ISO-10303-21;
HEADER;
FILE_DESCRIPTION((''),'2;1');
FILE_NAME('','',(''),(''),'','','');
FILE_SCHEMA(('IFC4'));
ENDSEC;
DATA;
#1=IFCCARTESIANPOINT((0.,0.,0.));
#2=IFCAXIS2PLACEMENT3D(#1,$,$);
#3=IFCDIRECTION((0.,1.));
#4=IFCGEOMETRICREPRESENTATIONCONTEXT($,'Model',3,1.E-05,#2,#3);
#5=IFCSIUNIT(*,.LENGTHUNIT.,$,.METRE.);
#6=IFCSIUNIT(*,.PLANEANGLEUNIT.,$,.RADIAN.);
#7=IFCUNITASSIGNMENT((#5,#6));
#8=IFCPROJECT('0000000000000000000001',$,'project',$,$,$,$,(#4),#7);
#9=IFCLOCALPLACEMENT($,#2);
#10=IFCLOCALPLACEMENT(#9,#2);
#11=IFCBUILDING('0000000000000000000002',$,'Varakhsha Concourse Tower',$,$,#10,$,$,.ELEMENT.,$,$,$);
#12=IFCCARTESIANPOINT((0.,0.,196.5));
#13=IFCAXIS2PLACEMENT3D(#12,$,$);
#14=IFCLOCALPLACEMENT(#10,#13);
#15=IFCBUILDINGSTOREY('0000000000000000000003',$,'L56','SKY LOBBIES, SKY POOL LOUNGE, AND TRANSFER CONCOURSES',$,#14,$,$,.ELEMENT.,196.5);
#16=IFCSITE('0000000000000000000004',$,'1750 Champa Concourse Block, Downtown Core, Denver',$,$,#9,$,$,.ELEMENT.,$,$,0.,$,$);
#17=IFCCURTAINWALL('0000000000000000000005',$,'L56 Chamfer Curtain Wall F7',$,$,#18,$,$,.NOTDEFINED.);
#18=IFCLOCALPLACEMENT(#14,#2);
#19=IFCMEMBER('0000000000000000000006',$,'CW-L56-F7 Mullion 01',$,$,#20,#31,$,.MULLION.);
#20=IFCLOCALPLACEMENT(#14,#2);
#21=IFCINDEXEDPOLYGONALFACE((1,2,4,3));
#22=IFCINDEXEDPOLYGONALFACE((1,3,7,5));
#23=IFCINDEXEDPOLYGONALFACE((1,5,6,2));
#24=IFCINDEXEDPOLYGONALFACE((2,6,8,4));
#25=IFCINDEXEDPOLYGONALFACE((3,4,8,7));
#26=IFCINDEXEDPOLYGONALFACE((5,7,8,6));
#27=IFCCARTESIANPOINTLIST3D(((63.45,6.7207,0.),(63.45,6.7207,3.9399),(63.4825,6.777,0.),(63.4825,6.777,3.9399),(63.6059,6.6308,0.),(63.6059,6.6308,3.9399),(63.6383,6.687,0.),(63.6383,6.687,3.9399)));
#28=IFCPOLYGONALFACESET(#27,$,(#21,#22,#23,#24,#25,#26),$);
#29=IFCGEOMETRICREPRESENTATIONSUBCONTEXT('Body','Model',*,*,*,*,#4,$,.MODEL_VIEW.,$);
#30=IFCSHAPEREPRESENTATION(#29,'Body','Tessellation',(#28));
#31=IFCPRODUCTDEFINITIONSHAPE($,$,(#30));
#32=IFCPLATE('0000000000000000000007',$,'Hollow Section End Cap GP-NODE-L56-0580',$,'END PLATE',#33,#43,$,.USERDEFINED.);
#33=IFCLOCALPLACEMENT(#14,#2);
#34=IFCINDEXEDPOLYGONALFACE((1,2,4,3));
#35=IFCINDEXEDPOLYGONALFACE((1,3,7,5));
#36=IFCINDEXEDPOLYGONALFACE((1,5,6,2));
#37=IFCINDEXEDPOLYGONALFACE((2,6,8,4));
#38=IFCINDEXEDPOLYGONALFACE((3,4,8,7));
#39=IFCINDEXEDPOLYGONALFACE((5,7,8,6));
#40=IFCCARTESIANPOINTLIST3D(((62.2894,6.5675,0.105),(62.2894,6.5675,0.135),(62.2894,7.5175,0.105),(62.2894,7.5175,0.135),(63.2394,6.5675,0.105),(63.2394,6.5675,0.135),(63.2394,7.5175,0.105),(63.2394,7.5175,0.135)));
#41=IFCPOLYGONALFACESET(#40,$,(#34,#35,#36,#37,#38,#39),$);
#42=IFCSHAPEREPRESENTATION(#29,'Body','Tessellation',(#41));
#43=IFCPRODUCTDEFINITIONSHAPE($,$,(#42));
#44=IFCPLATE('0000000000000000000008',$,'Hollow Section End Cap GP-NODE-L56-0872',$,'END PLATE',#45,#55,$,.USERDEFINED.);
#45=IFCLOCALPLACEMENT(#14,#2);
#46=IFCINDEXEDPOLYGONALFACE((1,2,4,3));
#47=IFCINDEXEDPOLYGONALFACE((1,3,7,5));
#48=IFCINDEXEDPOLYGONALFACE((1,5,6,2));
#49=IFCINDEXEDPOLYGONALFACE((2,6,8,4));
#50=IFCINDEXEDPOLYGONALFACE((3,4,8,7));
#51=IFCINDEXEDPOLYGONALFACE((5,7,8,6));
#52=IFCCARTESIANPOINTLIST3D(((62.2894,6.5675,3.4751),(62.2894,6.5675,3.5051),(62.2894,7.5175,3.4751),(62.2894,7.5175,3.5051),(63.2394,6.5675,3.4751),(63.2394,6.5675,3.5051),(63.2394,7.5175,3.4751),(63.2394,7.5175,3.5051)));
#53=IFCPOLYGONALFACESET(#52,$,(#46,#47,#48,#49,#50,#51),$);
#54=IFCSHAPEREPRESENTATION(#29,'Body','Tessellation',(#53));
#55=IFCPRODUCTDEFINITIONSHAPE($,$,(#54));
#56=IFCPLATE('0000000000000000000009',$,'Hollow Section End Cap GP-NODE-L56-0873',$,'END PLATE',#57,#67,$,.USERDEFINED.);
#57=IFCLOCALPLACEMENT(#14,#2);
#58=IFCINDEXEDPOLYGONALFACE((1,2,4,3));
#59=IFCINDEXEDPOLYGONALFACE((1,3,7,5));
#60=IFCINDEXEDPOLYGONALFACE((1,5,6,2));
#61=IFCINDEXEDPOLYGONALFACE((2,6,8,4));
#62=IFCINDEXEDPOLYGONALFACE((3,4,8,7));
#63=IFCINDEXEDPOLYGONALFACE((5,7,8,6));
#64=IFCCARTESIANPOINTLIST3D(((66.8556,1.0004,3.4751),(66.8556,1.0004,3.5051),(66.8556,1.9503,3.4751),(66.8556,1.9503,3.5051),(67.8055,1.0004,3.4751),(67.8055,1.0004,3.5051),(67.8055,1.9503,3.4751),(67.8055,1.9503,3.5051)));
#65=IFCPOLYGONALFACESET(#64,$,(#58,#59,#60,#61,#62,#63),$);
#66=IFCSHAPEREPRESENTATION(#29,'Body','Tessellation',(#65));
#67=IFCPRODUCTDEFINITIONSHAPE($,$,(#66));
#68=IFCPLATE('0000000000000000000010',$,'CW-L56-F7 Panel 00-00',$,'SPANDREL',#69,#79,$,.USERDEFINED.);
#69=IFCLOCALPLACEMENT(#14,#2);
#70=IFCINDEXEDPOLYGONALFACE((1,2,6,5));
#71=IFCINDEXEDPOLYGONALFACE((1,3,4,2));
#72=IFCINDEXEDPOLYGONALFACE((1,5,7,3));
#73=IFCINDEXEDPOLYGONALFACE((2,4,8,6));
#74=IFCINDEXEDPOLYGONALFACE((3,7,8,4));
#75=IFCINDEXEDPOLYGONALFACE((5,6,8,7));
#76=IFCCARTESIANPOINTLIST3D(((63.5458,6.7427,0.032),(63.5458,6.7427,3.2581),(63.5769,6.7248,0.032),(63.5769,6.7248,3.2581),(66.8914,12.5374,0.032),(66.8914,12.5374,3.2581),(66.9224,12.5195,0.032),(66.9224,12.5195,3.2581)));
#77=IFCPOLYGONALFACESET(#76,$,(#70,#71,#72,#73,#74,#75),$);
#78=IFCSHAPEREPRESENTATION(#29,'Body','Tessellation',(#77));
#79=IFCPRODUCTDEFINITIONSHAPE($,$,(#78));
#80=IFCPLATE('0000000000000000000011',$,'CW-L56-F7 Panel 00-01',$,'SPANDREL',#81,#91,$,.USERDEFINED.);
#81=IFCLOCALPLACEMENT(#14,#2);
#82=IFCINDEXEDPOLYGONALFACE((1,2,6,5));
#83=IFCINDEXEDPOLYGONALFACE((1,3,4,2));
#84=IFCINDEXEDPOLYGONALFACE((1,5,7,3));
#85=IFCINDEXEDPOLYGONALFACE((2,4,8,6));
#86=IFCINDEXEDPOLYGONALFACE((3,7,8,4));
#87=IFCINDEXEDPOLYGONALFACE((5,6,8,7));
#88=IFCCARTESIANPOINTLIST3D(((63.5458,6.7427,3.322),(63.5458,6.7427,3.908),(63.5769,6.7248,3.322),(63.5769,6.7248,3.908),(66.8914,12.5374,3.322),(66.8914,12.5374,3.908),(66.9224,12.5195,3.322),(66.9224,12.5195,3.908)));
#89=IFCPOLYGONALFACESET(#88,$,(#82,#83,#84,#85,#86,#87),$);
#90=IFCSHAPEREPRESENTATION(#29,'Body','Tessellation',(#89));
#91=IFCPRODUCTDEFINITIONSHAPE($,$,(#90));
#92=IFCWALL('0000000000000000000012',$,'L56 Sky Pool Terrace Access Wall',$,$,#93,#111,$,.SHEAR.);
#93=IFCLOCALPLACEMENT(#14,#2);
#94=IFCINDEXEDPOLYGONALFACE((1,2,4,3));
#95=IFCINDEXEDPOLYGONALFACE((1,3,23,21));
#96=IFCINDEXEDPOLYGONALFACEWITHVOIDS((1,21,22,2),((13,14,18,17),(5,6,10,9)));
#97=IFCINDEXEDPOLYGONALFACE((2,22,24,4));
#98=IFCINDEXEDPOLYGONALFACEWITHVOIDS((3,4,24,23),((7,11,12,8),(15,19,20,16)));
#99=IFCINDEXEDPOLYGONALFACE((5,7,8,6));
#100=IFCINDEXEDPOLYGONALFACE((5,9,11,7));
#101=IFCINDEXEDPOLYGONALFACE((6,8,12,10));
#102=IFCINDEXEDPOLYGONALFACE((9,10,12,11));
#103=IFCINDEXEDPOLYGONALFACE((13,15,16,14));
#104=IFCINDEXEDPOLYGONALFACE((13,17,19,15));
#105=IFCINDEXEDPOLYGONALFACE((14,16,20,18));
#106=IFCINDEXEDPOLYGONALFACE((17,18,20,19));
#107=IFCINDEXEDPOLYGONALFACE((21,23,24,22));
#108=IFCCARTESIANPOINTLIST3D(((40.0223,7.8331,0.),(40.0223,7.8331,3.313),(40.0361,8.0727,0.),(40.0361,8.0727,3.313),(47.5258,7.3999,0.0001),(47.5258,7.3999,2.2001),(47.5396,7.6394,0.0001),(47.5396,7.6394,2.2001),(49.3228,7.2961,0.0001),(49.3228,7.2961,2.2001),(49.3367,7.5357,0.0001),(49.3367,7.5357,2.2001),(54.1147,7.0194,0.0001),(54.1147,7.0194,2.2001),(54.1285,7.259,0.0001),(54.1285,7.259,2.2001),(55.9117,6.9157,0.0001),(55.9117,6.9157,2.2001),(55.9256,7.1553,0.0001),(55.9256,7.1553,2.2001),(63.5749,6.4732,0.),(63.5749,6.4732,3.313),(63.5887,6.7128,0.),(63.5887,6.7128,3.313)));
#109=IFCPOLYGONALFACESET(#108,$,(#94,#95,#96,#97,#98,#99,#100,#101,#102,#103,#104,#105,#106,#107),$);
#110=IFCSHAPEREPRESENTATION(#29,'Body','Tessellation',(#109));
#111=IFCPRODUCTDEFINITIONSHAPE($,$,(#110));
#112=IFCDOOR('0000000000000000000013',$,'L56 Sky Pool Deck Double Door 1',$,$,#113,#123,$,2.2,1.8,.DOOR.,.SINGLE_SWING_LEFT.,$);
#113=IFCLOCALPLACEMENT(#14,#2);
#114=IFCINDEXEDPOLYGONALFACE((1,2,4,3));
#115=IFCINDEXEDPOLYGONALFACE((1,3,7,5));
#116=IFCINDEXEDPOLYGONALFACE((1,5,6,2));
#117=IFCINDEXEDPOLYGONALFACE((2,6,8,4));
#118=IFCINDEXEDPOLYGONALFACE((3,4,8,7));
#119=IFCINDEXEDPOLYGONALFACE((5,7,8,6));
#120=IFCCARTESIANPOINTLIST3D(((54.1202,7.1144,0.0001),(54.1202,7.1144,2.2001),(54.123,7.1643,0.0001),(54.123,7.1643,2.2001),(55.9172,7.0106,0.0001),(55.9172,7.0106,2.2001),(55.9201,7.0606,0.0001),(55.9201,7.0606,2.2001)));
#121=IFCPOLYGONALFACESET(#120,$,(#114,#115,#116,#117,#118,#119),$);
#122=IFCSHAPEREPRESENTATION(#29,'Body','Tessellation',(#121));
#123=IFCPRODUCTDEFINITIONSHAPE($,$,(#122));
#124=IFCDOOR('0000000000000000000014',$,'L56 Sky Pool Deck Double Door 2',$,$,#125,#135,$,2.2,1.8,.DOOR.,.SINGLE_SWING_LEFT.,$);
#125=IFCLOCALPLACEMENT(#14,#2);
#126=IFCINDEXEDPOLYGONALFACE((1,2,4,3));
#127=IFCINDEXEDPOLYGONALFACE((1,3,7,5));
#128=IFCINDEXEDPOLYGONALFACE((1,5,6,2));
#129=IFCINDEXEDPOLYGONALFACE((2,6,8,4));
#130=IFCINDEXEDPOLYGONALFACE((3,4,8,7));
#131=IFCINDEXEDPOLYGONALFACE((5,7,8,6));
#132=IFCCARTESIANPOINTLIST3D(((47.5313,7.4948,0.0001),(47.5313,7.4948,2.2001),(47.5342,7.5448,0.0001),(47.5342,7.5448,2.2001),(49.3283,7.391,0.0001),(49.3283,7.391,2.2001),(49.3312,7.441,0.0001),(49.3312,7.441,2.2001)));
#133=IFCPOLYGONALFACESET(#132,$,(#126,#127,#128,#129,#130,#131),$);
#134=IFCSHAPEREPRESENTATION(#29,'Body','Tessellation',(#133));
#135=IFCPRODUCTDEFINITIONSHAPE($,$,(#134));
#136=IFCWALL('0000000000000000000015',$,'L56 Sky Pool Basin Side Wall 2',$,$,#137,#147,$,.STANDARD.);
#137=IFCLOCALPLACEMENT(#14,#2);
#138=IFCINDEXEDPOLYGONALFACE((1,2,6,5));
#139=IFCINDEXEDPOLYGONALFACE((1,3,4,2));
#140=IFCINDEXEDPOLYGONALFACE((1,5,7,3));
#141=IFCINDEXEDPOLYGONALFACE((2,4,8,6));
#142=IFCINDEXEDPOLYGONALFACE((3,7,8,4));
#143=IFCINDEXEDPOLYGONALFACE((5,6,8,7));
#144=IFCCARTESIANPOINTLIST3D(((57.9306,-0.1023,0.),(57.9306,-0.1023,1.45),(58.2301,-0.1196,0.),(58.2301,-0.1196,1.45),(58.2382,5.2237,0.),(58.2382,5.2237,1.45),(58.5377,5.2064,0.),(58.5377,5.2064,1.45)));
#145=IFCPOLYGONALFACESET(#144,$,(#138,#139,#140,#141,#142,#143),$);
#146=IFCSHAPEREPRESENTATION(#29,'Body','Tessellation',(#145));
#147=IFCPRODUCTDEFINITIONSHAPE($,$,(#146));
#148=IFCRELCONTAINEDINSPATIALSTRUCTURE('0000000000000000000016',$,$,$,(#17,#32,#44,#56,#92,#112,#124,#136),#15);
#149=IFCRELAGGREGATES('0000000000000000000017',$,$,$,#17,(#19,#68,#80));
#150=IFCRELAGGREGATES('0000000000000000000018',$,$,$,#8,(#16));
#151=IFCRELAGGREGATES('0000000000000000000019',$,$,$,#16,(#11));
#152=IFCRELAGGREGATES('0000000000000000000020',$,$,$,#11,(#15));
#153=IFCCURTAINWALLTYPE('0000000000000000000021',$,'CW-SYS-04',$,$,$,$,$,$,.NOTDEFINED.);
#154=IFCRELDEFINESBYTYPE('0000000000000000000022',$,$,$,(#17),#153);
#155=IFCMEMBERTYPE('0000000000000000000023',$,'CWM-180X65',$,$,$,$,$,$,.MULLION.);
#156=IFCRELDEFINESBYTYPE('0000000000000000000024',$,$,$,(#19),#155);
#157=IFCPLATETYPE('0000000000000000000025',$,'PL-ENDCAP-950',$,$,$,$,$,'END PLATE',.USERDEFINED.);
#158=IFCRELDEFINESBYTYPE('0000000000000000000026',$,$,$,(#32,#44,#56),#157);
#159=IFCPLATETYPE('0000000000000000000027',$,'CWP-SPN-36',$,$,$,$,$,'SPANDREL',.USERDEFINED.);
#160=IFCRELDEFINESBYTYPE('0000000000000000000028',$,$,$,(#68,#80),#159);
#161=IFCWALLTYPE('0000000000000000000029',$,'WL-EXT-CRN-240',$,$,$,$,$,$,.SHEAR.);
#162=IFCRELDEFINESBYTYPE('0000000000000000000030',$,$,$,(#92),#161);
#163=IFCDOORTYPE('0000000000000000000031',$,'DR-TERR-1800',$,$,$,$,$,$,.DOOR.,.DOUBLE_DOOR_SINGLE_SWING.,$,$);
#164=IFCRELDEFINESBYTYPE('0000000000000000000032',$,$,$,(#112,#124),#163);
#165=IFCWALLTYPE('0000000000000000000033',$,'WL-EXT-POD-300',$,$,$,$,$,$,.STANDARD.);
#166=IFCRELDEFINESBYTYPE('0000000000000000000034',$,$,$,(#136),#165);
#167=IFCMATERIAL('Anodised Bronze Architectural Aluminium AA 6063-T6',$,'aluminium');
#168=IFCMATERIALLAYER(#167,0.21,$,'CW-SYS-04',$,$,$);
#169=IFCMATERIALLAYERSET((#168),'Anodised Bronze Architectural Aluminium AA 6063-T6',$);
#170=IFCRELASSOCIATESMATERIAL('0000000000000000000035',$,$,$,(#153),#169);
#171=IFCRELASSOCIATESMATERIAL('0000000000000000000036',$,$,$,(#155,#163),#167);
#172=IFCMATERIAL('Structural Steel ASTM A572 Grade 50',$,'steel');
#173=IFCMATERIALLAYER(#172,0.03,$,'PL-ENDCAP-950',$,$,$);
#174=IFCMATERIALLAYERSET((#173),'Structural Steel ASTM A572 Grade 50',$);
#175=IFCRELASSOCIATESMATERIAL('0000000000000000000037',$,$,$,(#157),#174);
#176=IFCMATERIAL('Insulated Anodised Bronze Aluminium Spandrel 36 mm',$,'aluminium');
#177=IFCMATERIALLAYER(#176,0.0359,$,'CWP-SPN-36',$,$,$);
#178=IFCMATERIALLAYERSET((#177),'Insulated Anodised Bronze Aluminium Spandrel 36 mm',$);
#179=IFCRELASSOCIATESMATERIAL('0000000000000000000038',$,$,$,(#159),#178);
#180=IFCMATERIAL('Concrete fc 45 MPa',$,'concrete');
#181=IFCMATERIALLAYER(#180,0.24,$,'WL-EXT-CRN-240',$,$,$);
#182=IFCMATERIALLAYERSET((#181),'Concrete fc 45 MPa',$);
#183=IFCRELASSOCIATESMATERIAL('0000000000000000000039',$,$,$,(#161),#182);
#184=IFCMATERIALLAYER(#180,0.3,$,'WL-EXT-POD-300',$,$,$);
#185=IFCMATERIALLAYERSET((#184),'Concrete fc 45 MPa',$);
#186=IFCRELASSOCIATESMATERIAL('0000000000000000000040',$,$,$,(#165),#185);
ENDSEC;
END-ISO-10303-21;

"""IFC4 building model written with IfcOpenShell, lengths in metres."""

from ifc_helpers import new_model, si_unit, direction, frame, frame_2d, origin, origin_2d, place, context, subcontext, project, spatial, rectangle, extrude, source, transform, mapped, material, layer, layer_set, material_profile, profile_set, type_object, type_shapes, element, fill, aggregate, save


model = new_model("IFC4")

# Units and contexts
model_context = context("Model", 3, precision=1e-05, world=origin(), true_north=direction((0.0, 1.0)))
body_context = subcontext(model_context, "Body", "Model", "MODEL_VIEW")
ifc_project = project(units=[si_unit("LENGTHUNIT", "METRE"), si_unit("PLANEANGLEUNIT", "RADIAN")], contexts=[model_context])

# Site, building, storey
site_placement = place(None, origin())
site = spatial("IfcSite", under=ifc_project, at=site_placement, Name="1750 Champa Concourse Block, Downtown Core, Denver", CompositionType="ELEMENT", RefElevation=0.0)
building_placement = place(site_placement, origin())
building = spatial("IfcBuilding", under=site, at=building_placement, Name="Varakhsha Concourse Tower", CompositionType="ELEMENT")
storey_placement = place(building_placement, frame((0.0, 0.0, 196.5)))
storey = spatial("IfcBuildingStorey", under=building, at=storey_placement, Name="L56", Description="SKY LOBBIES, SKY POOL LOUNGE, AND TRANSFER CONCOURSES", CompositionType="ELEMENT", Elevation=196.5)

# Shared definitions
ifc_material_1 = material(Name="Structural Steel ASTM A572 Grade 50", Category="steel")

# Curtain wall, member
ifc_material_2 = material(Name="Anodised Bronze Architectural Aluminium AA 6063-T6", Category="aluminium")
ifc_layer_1 = layer(ifc_material_2, 0.21, Name="CW-SYS-04")
ifc_layer_set_1 = layer_set([ifc_layer_1], Name="Anodised Bronze Architectural Aluminium AA 6063-T6")
curtain_wall_type = type_object("IfcCurtainWallType", Name="CW-SYS-04", PredefinedType="NOTDEFINED", material=ifc_layer_set_1)
curtain_wall_placement = place(storey_placement, origin())
curtain_wall = element("IfcCurtainWall", 1, at=curtain_wall_placement, inside=storey, type_object=curtain_wall_type, Name="L56 Chamfer Curtain Wall F7", PredefinedType="NOTDEFINED")
ifc_material_profile_1 = material_profile(ifc_material_2, rectangle(XDim=0.0649, YDim=0.1799, at=origin_2d()), Name="CWM-180X65")
ifc_profile_set_1 = profile_set([ifc_material_profile_1], Name="Anodised Bronze Architectural Aluminium AA 6063-T6")
member_type_1 = type_object("IfcMemberType", Name="CWM-180X65", PredefinedType="MULLION", material=ifc_profile_set_1)
shared_shape_1 = source(origin(), body_context, "Body", "SweptSolid", [
    extrude(rectangle(XDim=0.0649, YDim=0.1799, at=origin_2d()), origin(), (0.0, 0.0, 1.0), 3.9399),
])
type_shapes(member_type_1, [shared_shape_1])
member_1_placement = place(storey_placement, frame((63.5442, 6.7039, 0.0), z_axis=(0.0, 0.0, 1.0), x_axis=(-0.499995, -0.866028, 0.0)))
member_1 = element("IfcMember", 2, at=member_1_placement, type_object=member_type_1, Name="CW-L56-F7 Mullion 01", PredefinedType="MULLION", context=body_context, shape_type="MappedRepresentation", body=[
    mapped(shared_shape_1, transform((0.0, 0.0, 0.0), scale=1.0)),
])

# Plates
ifc_layer_2 = layer(ifc_material_1, 0.03, Name="PL-ENDCAP-950")
ifc_layer_set_2 = layer_set([ifc_layer_2], Name="Structural Steel ASTM A572 Grade 50")
plate_type_1 = type_object("IfcPlateType", Name="PL-ENDCAP-950", ElementType="END PLATE", PredefinedType="USERDEFINED", material=ifc_layer_set_2)
shared_shape_2 = source(origin(), body_context, "Body", "SweptSolid", [
    extrude(rectangle(XDim=0.95, YDim=0.95, at=origin_2d()), origin(), (0.0, 0.0, 1.0), 0.03),
])
type_shapes(plate_type_1, [shared_shape_2])
for number, where, z_axis, x_axis, name in (
    (3, (62.7644, 7.0425, 0.105), (0.0, 0.0, 1.0), (1.0, 0.0, 0.0), "Hollow Section End Cap GP-NODE-L56-0580"),
    (4, (62.7644, 7.0425, 3.4751), (0.0, 0.0, 1.0), (1.0, 0.0, 0.0), "Hollow Section End Cap GP-NODE-L56-0872"),
    (5, (67.3306, 1.4753, 3.4751), (0.0, 0.0, 1.0), (1.0, 0.0, 0.0), "Hollow Section End Cap GP-NODE-L56-0873"),
):
    element("IfcPlate", number, at=place(storey_placement, frame(where, z_axis=z_axis, x_axis=x_axis)), inside=storey, type_object=plate_type_1, Name=name, ObjectType="END PLATE", PredefinedType="USERDEFINED", context=body_context, shape_type="MappedRepresentation", body=[
        mapped(shared_shape_2, transform((0.0, 0.0, 0.0), scale=1.0)),
    ])

# Plates
ifc_material_3 = material(Name="Insulated Anodised Bronze Aluminium Spandrel 36 mm", Category="aluminium")
ifc_layer_3 = layer(ifc_material_3, 0.0359, Name="CWP-SPN-36")
ifc_layer_set_3 = layer_set([ifc_layer_3], Name="Insulated Anodised Bronze Aluminium Spandrel 36 mm")
plate_type_2 = type_object("IfcPlateType", Name="CWP-SPN-36", ElementType="SPANDREL", PredefinedType="USERDEFINED", material=ifc_layer_set_3)
shared_shape_3 = source(origin(), body_context, "Body", "SweptSolid", [
    extrude(rectangle(XDim=6.6912, YDim=0.0359, at=origin_2d()), origin(), (0.0, 0.0, 1.0), 3.2261),
])
plate_1_placement = place(storey_placement, frame((65.2341, 9.6311, 0.032), z_axis=(0.0, 0.0, 1.0), x_axis=(-0.499995, -0.866028, 0.0)))
plate_1 = element("IfcPlate", 6, at=plate_1_placement, type_object=plate_type_2, Name="CW-L56-F7 Panel 00-00", ObjectType="SPANDREL", PredefinedType="USERDEFINED", context=body_context, shape_type="MappedRepresentation", body=[
    mapped(shared_shape_3, transform((0.0, 0.0, 0.0), scale=1.0)),
])
shared_shape_4 = source(origin(), body_context, "Body", "SweptSolid", [
    extrude(rectangle(XDim=6.6912, YDim=0.0359, at=origin_2d()), origin(), (0.0, 0.0, 1.0), 0.5859),
])
type_shapes(plate_type_2, [shared_shape_3, shared_shape_4])
plate_2_placement = place(storey_placement, frame((65.2341, 9.6311, 3.322), z_axis=(0.0, 0.0, 1.0), x_axis=(-0.499995, -0.866028, 0.0)))
plate_2 = element("IfcPlate", 7, at=plate_2_placement, type_object=plate_type_2, Name="CW-L56-F7 Panel 00-01", ObjectType="SPANDREL", PredefinedType="USERDEFINED", context=body_context, shape_type="MappedRepresentation", body=[
    mapped(shared_shape_4, transform((0.0, 0.0, 0.0), scale=1.0)),
])
aggregate(curtain_wall, [member_1, plate_1, plate_2])

# Wall, openings, doors
ifc_material_4 = material(Name="Concrete fc 45 MPa", Category="concrete")
ifc_layer_4 = layer(ifc_material_4, 0.24, Name="WL-EXT-CRN-240")
ifc_layer_set_4 = layer_set([ifc_layer_4], Name="Concrete fc 45 MPa")
wall_type_1 = type_object("IfcWallType", Name="WL-EXT-CRN-240", PredefinedType="SHEAR", material=ifc_layer_set_4)
wall_1_placement = place(storey_placement, frame((63.5818, 6.593, 0.0), z_axis=(0.0, 0.0, 1.0), x_axis=(-0.998337, 0.057642, 0.0)))
wall_1 = element("IfcWall", 8, at=wall_1_placement, inside=storey, type_object=wall_type_1, Name="L56 Sky Pool Terrace Access Wall", PredefinedType="SHEAR", context=body_context, shape_type="SweptSolid", body=[
    extrude(rectangle(XDim=23.5918, YDim=0.24, at=frame_2d((11.7959, 0.0))), origin(), (0.0, 0.0, 1.0), 3.313),
])
opening_1_placement = place(wall_1_placement, frame((7.676, 0.0, 0.0)))
opening_1 = element("IfcOpeningElement", 9, at=opening_1_placement, cuts=wall_1, PredefinedType="OPENING", context=body_context, shape_type="SweptSolid", body=[
    extrude(rectangle(XDim=1.8, YDim=2.2, at=frame_2d((0.8999, 1.1001))), frame((0.0, 0.1299, 0.0), z_axis=(0.0, -1.0, 0.0), x_axis=(1.0, 0.0, 0.0)), (0.0, 0.0, 1.0), 0.26),
])
opening_2_placement = place(wall_1_placement, frame((14.2759, 0.0, 0.0)))
opening_2 = element("IfcOpeningElement", 10, at=opening_2_placement, cuts=wall_1, PredefinedType="OPENING", context=body_context, shape_type="SweptSolid", body=[
    extrude(rectangle(XDim=1.8, YDim=2.2, at=frame_2d((0.8999, 1.1001))), frame((0.0, 0.1299, 0.0), z_axis=(0.0, -1.0, 0.0), x_axis=(1.0, 0.0, 0.0)), (0.0, 0.0, 1.0), 0.26),
])
door_type = type_object("IfcDoorType", Name="DR-TERR-1800", OperationType="DOUBLE_DOOR_SINGLE_SWING", PredefinedType="DOOR", material=ifc_material_2)
door_1_placement = place(opening_1_placement, origin())
door_1 = element("IfcDoor", 11, at=door_1_placement, inside=storey, type_object=door_type, Name="L56 Sky Pool Deck Double Door 1", OperationType="SINGLE_SWING_LEFT", OverallHeight=2.2, OverallWidth=1.8, PredefinedType="DOOR", context=body_context, shape_type="SweptSolid", body=[
    extrude(rectangle(XDim=1.8, YDim=2.2, at=frame_2d((0.8999, 1.1001))), frame((0.0, 0.0249, 0.0), z_axis=(0.0, -1.0, 0.0), x_axis=(1.0, 0.0, 0.0)), (0.0, 0.0, 1.0), 0.05),
])
fill(opening_1, door_1)
door_2_placement = place(opening_2_placement, origin())
door_2 = element("IfcDoor", 12, at=door_2_placement, inside=storey, type_object=door_type, Name="L56 Sky Pool Deck Double Door 2", OperationType="SINGLE_SWING_LEFT", OverallHeight=2.2, OverallWidth=1.8, PredefinedType="DOOR", context=body_context, shape_type="SweptSolid", body=[
    extrude(rectangle(XDim=1.8, YDim=2.2, at=frame_2d((0.8999, 1.1001))), frame((0.0, 0.0249, 0.0), z_axis=(0.0, -1.0, 0.0), x_axis=(1.0, 0.0, 0.0)), (0.0, 0.0, 1.0), 0.05),
])
fill(opening_2, door_2)

# Wall
ifc_layer_5 = layer(ifc_material_4, 0.3, Name="WL-EXT-POD-300")
ifc_layer_set_5 = layer_set([ifc_layer_5], Name="Concrete fc 45 MPa")
wall_type_2 = type_object("IfcWallType", Name="WL-EXT-POD-300", PredefinedType="STANDARD", material=ifc_layer_set_5)
wall_2_placement = place(storey_placement, frame((58.3879, 5.2151, 0.0), z_axis=(0.0, 0.0, 1.0), x_axis=(-0.05766, -0.998336, 0.0)))
element("IfcWall", 13, at=wall_2_placement, inside=storey, type_object=wall_type_2, Name="L56 Sky Pool Basin Side Wall 2", PredefinedType="STANDARD", context=body_context, shape_type="SweptSolid", body=[
    extrude(rectangle(XDim=5.335, YDim=0.3, at=frame_2d((2.6675, 0.0))), origin(), (0.0, 0.0, 1.0), 1.45),
])

save(model, "model.ifc")
